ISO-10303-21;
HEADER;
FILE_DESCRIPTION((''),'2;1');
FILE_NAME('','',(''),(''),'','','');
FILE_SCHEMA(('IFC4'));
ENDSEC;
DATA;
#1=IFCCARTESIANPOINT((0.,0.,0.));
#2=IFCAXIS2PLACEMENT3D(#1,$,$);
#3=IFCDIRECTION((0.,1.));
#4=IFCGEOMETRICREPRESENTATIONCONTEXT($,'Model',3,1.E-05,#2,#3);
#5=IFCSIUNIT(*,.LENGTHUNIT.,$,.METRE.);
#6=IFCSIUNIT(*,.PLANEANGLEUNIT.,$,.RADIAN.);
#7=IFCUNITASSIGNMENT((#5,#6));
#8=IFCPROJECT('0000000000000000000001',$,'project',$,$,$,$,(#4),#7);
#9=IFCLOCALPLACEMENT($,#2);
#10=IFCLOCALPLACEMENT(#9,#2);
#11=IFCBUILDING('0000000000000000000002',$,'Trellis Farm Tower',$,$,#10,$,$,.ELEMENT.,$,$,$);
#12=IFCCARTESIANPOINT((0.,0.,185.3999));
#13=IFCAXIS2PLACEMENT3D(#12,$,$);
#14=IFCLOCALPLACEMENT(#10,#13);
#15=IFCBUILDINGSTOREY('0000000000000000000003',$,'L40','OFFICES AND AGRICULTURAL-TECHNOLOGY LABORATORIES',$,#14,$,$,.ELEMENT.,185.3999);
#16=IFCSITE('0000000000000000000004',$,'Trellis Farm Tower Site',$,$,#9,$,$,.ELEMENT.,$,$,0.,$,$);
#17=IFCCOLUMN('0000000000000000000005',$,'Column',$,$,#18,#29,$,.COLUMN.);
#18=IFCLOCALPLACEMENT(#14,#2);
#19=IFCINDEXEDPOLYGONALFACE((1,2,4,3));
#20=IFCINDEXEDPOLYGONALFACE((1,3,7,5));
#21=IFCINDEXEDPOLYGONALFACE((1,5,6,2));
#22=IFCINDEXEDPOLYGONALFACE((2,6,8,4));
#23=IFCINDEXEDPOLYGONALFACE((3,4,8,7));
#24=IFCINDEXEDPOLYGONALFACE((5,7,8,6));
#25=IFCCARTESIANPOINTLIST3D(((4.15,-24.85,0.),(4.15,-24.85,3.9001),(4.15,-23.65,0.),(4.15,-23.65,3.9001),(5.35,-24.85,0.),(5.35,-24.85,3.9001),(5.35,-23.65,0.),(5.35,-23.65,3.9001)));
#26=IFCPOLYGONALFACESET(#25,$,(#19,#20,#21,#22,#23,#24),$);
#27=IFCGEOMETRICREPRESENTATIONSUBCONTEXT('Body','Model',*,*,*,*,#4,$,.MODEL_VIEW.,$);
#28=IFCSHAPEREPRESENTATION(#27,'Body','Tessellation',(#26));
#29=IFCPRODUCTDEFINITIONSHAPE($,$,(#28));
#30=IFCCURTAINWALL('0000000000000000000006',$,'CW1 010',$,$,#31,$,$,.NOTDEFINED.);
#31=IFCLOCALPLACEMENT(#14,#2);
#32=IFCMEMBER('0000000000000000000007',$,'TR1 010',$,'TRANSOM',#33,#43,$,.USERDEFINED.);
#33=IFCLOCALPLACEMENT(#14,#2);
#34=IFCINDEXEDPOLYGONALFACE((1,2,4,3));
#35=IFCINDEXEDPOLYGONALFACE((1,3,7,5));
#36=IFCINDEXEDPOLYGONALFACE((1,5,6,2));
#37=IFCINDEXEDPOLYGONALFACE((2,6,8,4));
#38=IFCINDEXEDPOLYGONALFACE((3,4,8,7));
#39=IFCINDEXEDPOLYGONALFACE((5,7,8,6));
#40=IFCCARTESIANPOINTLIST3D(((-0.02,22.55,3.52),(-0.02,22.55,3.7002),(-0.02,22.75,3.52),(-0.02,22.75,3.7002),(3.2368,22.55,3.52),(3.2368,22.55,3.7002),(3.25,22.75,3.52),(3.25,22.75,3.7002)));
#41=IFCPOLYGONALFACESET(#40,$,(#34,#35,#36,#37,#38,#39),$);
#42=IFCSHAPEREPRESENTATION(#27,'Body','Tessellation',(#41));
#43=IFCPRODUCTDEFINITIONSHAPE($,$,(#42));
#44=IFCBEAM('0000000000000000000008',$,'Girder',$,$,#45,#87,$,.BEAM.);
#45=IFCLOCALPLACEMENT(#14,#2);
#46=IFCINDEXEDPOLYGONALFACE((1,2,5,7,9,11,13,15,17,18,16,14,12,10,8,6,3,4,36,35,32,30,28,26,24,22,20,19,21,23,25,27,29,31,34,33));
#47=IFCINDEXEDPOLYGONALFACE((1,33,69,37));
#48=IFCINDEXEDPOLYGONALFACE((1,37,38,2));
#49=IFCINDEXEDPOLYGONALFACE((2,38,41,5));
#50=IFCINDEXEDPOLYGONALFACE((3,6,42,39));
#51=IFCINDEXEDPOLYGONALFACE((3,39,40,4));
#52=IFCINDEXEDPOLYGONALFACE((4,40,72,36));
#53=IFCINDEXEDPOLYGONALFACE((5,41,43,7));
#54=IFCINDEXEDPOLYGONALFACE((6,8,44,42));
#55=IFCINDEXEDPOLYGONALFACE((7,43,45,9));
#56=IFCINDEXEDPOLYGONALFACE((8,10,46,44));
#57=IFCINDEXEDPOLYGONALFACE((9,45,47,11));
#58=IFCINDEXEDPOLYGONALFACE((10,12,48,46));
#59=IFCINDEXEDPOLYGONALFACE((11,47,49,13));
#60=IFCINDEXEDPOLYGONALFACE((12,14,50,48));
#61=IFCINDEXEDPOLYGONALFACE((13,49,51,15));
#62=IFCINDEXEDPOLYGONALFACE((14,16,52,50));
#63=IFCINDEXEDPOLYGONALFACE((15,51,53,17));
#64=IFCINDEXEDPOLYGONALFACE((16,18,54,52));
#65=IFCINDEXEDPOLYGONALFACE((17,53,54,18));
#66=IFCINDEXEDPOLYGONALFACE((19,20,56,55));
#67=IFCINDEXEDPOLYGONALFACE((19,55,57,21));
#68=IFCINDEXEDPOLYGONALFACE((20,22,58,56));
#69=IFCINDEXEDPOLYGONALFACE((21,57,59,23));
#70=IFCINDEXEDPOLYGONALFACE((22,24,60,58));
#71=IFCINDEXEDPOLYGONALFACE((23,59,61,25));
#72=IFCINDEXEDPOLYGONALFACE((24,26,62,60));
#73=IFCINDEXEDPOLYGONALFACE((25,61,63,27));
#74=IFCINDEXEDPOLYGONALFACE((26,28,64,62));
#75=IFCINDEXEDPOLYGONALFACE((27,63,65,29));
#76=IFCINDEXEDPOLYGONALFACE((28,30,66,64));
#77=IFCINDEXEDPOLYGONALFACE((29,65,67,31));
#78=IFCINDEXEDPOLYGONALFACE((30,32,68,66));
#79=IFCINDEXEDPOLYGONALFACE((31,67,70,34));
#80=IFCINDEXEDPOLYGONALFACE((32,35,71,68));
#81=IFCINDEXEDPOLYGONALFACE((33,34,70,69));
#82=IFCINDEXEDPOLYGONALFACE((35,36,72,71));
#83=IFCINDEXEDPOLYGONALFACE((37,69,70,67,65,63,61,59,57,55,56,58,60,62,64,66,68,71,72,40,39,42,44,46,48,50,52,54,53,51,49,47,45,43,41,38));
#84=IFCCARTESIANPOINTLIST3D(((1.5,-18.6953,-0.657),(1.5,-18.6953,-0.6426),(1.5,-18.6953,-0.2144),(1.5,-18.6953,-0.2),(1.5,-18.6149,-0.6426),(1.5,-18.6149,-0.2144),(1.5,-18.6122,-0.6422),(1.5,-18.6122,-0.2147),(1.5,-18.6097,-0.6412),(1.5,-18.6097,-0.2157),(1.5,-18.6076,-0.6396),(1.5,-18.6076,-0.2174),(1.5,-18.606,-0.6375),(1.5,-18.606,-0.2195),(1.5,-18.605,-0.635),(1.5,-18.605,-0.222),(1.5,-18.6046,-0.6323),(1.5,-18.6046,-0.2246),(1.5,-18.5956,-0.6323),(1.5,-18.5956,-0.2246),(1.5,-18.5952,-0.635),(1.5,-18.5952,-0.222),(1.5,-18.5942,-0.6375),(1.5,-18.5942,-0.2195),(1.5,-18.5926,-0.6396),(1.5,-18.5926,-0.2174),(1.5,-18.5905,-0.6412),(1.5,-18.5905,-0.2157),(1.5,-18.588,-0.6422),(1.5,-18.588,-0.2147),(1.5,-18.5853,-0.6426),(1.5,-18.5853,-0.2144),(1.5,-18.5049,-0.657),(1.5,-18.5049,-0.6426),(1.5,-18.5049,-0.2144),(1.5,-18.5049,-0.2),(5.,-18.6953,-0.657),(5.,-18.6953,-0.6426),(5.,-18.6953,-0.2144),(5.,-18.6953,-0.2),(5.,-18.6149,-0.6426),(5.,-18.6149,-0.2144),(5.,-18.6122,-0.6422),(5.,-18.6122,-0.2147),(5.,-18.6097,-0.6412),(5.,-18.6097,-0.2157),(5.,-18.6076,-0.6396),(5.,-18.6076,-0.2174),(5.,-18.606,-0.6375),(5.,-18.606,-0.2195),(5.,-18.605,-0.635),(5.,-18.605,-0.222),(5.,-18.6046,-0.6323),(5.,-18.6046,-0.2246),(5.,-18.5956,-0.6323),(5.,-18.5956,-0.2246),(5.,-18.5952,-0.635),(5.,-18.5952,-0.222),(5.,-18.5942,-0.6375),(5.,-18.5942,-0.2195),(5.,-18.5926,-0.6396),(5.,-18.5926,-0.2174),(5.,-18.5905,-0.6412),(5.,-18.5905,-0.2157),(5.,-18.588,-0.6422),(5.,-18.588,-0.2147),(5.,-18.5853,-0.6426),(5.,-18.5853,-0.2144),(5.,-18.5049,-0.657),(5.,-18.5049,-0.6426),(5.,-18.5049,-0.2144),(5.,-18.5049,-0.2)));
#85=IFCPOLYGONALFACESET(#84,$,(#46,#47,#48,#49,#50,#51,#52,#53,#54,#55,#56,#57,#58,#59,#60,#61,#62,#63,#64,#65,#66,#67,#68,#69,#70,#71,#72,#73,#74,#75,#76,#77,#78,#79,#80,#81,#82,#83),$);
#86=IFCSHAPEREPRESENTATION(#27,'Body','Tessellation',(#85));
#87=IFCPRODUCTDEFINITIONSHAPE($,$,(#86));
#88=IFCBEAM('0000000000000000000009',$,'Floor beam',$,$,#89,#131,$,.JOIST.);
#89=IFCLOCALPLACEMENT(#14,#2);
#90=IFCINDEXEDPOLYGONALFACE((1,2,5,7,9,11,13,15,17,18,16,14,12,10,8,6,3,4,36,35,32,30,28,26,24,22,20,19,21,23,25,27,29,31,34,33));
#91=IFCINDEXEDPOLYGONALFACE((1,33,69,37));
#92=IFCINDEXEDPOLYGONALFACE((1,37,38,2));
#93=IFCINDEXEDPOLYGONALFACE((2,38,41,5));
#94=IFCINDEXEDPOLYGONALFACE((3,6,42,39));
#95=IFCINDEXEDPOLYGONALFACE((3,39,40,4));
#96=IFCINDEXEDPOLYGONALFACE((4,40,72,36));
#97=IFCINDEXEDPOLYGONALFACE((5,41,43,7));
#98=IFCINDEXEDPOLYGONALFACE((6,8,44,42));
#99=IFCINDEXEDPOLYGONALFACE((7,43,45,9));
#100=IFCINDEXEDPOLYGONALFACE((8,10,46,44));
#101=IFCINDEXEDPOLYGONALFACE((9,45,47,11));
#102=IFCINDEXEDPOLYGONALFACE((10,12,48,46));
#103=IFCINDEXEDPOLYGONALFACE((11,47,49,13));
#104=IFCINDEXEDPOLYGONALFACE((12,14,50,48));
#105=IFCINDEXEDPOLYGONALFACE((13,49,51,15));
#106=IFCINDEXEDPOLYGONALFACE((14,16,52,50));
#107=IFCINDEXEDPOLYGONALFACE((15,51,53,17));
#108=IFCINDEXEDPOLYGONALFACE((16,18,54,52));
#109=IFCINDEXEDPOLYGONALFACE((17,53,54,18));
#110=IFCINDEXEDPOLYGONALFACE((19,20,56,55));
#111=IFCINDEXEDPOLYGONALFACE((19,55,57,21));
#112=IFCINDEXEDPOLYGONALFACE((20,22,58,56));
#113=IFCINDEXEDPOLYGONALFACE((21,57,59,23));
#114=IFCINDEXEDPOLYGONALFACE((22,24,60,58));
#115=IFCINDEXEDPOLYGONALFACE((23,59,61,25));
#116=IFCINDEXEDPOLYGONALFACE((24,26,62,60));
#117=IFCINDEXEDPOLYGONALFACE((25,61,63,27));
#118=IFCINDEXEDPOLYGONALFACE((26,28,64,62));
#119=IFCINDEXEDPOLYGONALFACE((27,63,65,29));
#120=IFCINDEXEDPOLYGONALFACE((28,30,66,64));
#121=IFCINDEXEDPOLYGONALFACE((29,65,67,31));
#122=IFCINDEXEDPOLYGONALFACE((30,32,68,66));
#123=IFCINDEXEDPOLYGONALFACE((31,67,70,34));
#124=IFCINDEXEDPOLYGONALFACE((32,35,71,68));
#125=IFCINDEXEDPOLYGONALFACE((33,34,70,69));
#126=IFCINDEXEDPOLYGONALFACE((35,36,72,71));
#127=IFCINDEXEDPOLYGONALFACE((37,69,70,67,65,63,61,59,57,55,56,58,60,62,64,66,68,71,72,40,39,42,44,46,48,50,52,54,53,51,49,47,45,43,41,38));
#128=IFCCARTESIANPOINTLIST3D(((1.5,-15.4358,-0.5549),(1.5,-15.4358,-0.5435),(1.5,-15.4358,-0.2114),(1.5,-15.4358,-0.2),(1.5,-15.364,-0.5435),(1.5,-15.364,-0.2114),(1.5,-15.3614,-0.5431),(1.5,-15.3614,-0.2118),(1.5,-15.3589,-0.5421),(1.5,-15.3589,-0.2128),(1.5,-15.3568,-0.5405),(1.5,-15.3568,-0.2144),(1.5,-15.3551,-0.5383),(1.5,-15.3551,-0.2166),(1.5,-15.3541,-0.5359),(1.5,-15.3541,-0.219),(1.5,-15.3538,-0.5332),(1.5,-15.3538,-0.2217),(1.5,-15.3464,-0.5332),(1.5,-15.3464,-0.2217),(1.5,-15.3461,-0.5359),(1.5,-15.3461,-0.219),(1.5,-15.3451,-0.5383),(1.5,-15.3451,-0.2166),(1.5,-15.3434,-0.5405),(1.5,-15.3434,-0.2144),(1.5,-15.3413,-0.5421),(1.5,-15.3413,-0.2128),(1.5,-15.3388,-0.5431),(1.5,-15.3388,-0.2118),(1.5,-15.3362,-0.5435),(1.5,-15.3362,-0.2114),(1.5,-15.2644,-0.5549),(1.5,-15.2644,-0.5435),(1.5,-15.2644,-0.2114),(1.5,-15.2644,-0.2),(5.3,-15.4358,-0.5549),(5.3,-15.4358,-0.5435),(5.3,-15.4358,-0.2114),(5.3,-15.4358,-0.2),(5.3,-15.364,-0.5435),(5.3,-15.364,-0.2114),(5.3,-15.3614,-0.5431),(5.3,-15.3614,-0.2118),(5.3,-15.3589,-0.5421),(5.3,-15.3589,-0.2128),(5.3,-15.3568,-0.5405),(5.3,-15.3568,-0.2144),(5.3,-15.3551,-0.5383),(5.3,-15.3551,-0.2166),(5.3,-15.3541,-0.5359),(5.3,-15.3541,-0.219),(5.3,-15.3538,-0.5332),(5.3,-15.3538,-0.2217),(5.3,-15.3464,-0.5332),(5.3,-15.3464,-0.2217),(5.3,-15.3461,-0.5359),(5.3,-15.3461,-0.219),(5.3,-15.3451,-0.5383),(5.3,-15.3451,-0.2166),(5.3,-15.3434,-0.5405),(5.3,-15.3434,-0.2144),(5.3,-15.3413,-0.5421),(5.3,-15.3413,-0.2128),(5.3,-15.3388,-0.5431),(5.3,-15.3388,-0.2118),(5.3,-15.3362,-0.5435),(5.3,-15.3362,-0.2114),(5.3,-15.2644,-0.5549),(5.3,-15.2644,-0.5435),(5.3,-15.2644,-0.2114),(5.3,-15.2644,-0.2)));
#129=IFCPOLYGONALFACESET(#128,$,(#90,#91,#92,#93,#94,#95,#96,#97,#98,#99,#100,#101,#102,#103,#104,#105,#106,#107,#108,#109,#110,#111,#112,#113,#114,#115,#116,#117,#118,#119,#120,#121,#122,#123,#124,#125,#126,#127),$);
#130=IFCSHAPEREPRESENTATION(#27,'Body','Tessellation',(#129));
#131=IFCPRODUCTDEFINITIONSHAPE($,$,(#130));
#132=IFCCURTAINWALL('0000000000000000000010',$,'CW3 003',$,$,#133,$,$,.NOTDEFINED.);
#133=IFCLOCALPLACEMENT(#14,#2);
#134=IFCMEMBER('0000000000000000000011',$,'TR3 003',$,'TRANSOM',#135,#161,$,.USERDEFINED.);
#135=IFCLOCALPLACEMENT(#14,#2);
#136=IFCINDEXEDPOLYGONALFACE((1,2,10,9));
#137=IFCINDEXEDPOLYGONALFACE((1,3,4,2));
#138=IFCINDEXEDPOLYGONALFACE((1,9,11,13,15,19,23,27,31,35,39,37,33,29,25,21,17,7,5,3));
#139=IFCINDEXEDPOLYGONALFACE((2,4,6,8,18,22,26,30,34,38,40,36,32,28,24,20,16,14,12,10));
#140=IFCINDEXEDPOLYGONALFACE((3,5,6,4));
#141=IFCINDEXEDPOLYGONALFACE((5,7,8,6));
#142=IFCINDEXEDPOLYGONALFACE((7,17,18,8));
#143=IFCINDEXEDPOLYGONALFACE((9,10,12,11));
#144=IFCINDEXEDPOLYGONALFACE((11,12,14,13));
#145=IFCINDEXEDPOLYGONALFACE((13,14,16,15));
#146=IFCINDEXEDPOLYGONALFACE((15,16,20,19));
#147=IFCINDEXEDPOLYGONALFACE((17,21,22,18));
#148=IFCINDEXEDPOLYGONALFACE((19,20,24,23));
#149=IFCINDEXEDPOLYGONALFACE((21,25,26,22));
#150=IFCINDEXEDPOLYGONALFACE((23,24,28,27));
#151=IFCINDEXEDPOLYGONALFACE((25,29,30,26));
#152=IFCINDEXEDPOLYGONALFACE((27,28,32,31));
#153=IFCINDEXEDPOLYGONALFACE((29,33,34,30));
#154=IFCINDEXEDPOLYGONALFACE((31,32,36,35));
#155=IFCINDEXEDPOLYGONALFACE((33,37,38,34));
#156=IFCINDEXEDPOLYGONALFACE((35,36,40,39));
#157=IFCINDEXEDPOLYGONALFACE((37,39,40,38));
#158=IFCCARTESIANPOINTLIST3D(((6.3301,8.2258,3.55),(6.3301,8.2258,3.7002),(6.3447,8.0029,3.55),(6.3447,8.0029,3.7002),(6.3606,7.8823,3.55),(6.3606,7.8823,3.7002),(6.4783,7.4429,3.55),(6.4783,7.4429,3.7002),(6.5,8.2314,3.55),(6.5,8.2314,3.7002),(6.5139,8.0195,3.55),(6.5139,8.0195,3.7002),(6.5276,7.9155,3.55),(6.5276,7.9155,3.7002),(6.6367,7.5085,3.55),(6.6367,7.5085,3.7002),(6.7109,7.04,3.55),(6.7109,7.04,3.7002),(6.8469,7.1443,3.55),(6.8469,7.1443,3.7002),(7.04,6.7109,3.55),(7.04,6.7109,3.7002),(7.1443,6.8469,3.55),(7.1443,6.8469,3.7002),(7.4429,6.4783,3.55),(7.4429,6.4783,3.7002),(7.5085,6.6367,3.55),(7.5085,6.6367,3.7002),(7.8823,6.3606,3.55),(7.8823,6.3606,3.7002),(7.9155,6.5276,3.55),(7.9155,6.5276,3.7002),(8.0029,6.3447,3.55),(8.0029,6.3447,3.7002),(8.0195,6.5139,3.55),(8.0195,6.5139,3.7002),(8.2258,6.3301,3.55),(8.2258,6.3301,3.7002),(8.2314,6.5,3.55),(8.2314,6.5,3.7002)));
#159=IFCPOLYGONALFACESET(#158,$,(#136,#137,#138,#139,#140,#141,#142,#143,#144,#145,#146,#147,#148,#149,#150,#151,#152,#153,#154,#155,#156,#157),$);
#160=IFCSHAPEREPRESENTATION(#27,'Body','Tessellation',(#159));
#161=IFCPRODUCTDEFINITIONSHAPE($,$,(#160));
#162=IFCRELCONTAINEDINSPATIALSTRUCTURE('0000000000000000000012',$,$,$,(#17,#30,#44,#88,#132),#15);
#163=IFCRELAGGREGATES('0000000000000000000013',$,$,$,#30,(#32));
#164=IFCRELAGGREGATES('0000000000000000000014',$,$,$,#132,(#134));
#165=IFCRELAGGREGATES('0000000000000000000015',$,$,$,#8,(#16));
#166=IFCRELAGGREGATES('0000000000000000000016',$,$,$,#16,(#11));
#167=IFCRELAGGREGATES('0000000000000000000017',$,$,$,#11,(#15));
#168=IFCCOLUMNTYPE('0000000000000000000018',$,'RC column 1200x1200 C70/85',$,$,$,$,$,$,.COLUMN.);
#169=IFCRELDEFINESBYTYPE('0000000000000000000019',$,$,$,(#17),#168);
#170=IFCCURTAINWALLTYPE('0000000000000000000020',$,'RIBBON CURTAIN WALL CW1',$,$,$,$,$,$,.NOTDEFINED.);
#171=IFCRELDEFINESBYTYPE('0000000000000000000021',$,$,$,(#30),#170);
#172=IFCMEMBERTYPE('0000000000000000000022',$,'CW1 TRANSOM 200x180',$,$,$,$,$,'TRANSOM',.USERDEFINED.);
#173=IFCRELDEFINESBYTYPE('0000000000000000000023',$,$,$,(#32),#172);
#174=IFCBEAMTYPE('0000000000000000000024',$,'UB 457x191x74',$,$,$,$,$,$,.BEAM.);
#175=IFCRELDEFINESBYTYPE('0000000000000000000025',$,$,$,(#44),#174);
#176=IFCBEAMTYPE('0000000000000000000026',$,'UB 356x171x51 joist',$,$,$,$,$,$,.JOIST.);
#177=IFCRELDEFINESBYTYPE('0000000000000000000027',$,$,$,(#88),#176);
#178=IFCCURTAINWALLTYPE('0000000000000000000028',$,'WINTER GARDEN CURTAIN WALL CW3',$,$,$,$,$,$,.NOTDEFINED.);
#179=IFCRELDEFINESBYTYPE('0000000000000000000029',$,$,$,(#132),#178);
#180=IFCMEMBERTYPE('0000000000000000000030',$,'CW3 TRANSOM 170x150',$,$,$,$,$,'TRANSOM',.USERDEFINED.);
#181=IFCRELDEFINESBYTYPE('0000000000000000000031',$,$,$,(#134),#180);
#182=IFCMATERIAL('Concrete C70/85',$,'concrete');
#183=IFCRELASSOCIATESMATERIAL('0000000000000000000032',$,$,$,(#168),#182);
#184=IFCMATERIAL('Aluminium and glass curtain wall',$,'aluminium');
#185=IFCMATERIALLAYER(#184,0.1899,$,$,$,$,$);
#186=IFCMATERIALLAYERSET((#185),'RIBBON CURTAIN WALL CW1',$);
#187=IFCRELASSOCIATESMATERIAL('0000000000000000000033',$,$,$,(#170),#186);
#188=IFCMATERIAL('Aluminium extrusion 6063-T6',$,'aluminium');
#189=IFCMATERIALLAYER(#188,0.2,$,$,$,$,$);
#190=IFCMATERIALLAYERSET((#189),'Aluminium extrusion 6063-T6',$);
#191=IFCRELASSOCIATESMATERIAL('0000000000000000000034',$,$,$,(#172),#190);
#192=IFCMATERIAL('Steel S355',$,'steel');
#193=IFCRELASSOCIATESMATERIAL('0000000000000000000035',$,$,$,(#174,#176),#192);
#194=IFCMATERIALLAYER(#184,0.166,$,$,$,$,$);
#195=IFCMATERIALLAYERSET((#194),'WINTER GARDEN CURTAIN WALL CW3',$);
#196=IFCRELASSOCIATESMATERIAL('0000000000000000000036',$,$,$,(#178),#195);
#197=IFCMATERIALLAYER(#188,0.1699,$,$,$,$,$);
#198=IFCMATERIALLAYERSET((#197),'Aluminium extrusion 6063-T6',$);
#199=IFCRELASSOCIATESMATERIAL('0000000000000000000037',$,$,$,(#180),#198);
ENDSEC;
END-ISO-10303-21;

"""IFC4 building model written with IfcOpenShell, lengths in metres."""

from ifc_helpers import new_model, si_unit, direction, frame, origin, origin_2d, place, context, subcontext, project, spatial, polyline, rectangle, i_section, outline, extrude, source, transform, mapped, material, layer, layer_set, material_profile, profile_set, type_object, element, aggregate, save


model = new_model("IFC4")

# Units and contexts
model_context = context("Model", 3, precision=1e-05, world=origin(), true_north=direction((0.0, 1.0)))
body_context = subcontext(model_context, "Body", "Model", "MODEL_VIEW")
ifc_project = project(units=[si_unit("LENGTHUNIT", "METRE"), si_unit("PLANEANGLEUNIT", "RADIAN")], contexts=[model_context])

# Site, building, storey
site_placement = place(None, origin())
site = spatial("IfcSite", under=ifc_project, at=site_placement, Name="Trellis Farm Tower Site", CompositionType="ELEMENT", RefElevation=0.0)
building_placement = place(site_placement, origin())
building = spatial("IfcBuilding", under=site, at=building_placement, Name="Trellis Farm Tower", CompositionType="ELEMENT")
storey_placement = place(building_placement, frame((0.0, 0.0, 185.3999)))
storey = spatial("IfcBuildingStorey", under=building, at=storey_placement, Name="L40", Description="OFFICES AND AGRICULTURAL-TECHNOLOGY LABORATORIES", CompositionType="ELEMENT", Elevation=185.3999)

# Column
ifc_material_1 = material(Name="Concrete C70/85", Category="concrete")
ifc_material_profile_1 = material_profile(ifc_material_1, rectangle(XDim=1.2, YDim=1.2, at=origin_2d()), Name="RC column 1200x1200 C70/85")
ifc_profile_set_1 = profile_set([ifc_material_profile_1], Name="Concrete C70/85")
column_type = type_object("IfcColumnType", Name="RC column 1200x1200 C70/85", PredefinedType="COLUMN", material=ifc_profile_set_1)
shared_shape_1 = source(origin(), body_context, "Body", "SweptSolid", [
    extrude(rectangle(XDim=1.2, YDim=1.2, at=origin_2d()), origin(), (0.0, 0.0, 1.0), 3.9001),
])
column_placement = place(storey_placement, frame((4.75, -24.25, 0.0), z_axis=(0.0, 0.0, 1.0), x_axis=(1.0, 0.0, 0.0)))
element("IfcColumn", 1, at=column_placement, inside=storey, type_object=column_type, Name="Column", PredefinedType="COLUMN", context=body_context, shape_type="MappedRepresentation", body=[
    mapped(shared_shape_1, transform((0.0, 0.0, 0.0))),
])

# Curtain wall, member
ifc_material_2 = material(Name="Aluminium and glass curtain wall", Category="aluminium")
ifc_layer_1 = layer(ifc_material_2, 0.1899)
ifc_layer_set_1 = layer_set([ifc_layer_1], Name="RIBBON CURTAIN WALL CW1")
curtain_wall_type_1 = type_object("IfcCurtainWallType", Name="RIBBON CURTAIN WALL CW1", PredefinedType="NOTDEFINED", material=ifc_layer_set_1)
placement_1 = place(storey_placement, origin())
curtain_wall_1 = element("IfcCurtainWall", 2, at=placement_1, inside=storey, type_object=curtain_wall_type_1, Name="CW1 010", PredefinedType="NOTDEFINED")
ifc_material_3 = material(Name="Aluminium extrusion 6063-T6", Category="aluminium")
ifc_layer_2 = layer(ifc_material_3, 0.2)
ifc_layer_set_2 = layer_set([ifc_layer_2], Name="Aluminium extrusion 6063-T6")
member_type_1 = type_object("IfcMemberType", Name="CW1 TRANSOM 200x180", ElementType="TRANSOM", PredefinedType="USERDEFINED", material=ifc_layer_set_2)
placement_2 = place(storey_placement, frame((0.0, 0.0, 3.52)))
member_1 = element("IfcMember", 3, at=placement_2, type_object=member_type_1, Name="TR1 010", ObjectType="TRANSOM", PredefinedType="USERDEFINED", context=body_context, shape_type="SweptSolid", body=[
    extrude(outline(polyline([(3.25, 22.75), (-0.02, 22.75), (-0.02, 22.55), (3.2368, 22.55), (3.25, 22.75)])), origin(), (0.0, 0.0, 1.0), 0.1802),
])

# Beams
ifc_material_4 = material(Name="Steel S355", Category="steel")
ifc_material_profile_2 = material_profile(ifc_material_4, i_section(OverallWidth=0.1904, OverallDepth=0.457, WebThickness=0.009, FlangeThickness=0.0144, FilletRadius=0.0103, at=origin_2d()), Name="UB 457x191x74")
ifc_profile_set_2 = profile_set([ifc_material_profile_2], Name="Steel S355")
beam_type_1 = type_object("IfcBeamType", Name="UB 457x191x74", PredefinedType="BEAM", material=ifc_profile_set_2)
shared_shape_2 = source(origin(), body_context, "Body", "SweptSolid", [
    extrude(i_section(OverallWidth=0.1904, OverallDepth=0.457, WebThickness=0.009, FlangeThickness=0.0144, FilletRadius=0.0103, at=origin_2d()), origin(), (0.0, 0.0, 1.0), 3.5),
])
beam_1_placement = place(storey_placement, frame((1.5, -18.6001, -0.4285), z_axis=(1.0, 0.0, 0.0), x_axis=(0.0, 1.0, 0.0)))
element("IfcBeam", 4, at=beam_1_placement, inside=storey, type_object=beam_type_1, Name="Girder", PredefinedType="BEAM", context=body_context, shape_type="MappedRepresentation", body=[
    mapped(shared_shape_2, transform((0.0, 0.0, 0.0))),
])
ifc_material_profile_3 = material_profile(ifc_material_4, i_section(OverallWidth=0.1714, OverallDepth=0.355, WebThickness=0.0073, FlangeThickness=0.0115, FilletRadius=0.0103, at=origin_2d()), Name="UB 356x171x51")
ifc_profile_set_3 = profile_set([ifc_material_profile_3], Name="Steel S355")
beam_type_2 = type_object("IfcBeamType", Name="UB 356x171x51 joist", PredefinedType="JOIST", material=ifc_profile_set_3)
shared_shape_3 = source(origin(), body_context, "Body", "SweptSolid", [
    extrude(i_section(OverallWidth=0.1714, OverallDepth=0.355, WebThickness=0.0073, FlangeThickness=0.0115, FilletRadius=0.0103, at=origin_2d()), origin(), (0.0, 0.0, 1.0), 3.8),
])
beam_2_placement = place(storey_placement, frame((1.5, -15.3501, -0.3774), z_axis=(1.0, 0.0, 0.0), x_axis=(0.0, 1.0, 0.0)))
element("IfcBeam", 5, at=beam_2_placement, inside=storey, type_object=beam_type_2, Name="Floor beam", PredefinedType="JOIST", context=body_context, shape_type="MappedRepresentation", body=[
    mapped(shared_shape_3, transform((0.0, 0.0, 0.0))),
])

# Curtain wall, member
ifc_layer_3 = layer(ifc_material_2, 0.166)
ifc_layer_set_3 = layer_set([ifc_layer_3], Name="WINTER GARDEN CURTAIN WALL CW3")
curtain_wall_type_2 = type_object("IfcCurtainWallType", Name="WINTER GARDEN CURTAIN WALL CW3", PredefinedType="NOTDEFINED", material=ifc_layer_set_3)
curtain_wall_2 = element("IfcCurtainWall", 6, at=placement_1, inside=storey, type_object=curtain_wall_type_2, Name="CW3 003", PredefinedType="NOTDEFINED")
ifc_layer_4 = layer(ifc_material_3, 0.1699)
ifc_layer_set_4 = layer_set([ifc_layer_4], Name="Aluminium extrusion 6063-T6")
member_type_2 = type_object("IfcMemberType", Name="CW3 TRANSOM 170x150", ElementType="TRANSOM", PredefinedType="USERDEFINED", material=ifc_layer_set_4)
shared_shape_4 = source(origin(), body_context, "Body", "SweptSolid", [
    extrude(outline(polyline([(8.2314, 6.5), (8.0195, 6.5139), (7.9155, 6.5276), (7.5085, 6.6367), (7.1443, 6.8469), (6.8469, 7.1443), (6.6367, 7.5085), (6.5276, 7.9155), (6.5139, 8.0195), (6.5, 8.2314), (6.3301, 8.2258), (6.3447, 8.0029), (6.3606, 7.8823), (6.4783, 7.4429), (6.7109, 7.04), (7.04, 6.7109), (7.4429, 6.4783), (7.8823, 6.3606), (8.0029, 6.3447), (8.2258, 6.3301), (8.2314, 6.5)])), origin(), (0.0, 0.0, 1.0), 0.1501),
])
member_2_placement = place(storey_placement, frame((0.0, 0.0, 3.55)))
member_2 = element("IfcMember", 7, at=member_2_placement, type_object=member_type_2, Name="TR3 003", ObjectType="TRANSOM", PredefinedType="USERDEFINED", context=body_context, shape_type="MappedRepresentation", body=[
    mapped(shared_shape_4, transform((0.0, 0.0, 0.0))),
])

aggregate(curtain_wall_1, [member_1])
aggregate(curtain_wall_2, [member_2])

save(model, "model.ifc")
